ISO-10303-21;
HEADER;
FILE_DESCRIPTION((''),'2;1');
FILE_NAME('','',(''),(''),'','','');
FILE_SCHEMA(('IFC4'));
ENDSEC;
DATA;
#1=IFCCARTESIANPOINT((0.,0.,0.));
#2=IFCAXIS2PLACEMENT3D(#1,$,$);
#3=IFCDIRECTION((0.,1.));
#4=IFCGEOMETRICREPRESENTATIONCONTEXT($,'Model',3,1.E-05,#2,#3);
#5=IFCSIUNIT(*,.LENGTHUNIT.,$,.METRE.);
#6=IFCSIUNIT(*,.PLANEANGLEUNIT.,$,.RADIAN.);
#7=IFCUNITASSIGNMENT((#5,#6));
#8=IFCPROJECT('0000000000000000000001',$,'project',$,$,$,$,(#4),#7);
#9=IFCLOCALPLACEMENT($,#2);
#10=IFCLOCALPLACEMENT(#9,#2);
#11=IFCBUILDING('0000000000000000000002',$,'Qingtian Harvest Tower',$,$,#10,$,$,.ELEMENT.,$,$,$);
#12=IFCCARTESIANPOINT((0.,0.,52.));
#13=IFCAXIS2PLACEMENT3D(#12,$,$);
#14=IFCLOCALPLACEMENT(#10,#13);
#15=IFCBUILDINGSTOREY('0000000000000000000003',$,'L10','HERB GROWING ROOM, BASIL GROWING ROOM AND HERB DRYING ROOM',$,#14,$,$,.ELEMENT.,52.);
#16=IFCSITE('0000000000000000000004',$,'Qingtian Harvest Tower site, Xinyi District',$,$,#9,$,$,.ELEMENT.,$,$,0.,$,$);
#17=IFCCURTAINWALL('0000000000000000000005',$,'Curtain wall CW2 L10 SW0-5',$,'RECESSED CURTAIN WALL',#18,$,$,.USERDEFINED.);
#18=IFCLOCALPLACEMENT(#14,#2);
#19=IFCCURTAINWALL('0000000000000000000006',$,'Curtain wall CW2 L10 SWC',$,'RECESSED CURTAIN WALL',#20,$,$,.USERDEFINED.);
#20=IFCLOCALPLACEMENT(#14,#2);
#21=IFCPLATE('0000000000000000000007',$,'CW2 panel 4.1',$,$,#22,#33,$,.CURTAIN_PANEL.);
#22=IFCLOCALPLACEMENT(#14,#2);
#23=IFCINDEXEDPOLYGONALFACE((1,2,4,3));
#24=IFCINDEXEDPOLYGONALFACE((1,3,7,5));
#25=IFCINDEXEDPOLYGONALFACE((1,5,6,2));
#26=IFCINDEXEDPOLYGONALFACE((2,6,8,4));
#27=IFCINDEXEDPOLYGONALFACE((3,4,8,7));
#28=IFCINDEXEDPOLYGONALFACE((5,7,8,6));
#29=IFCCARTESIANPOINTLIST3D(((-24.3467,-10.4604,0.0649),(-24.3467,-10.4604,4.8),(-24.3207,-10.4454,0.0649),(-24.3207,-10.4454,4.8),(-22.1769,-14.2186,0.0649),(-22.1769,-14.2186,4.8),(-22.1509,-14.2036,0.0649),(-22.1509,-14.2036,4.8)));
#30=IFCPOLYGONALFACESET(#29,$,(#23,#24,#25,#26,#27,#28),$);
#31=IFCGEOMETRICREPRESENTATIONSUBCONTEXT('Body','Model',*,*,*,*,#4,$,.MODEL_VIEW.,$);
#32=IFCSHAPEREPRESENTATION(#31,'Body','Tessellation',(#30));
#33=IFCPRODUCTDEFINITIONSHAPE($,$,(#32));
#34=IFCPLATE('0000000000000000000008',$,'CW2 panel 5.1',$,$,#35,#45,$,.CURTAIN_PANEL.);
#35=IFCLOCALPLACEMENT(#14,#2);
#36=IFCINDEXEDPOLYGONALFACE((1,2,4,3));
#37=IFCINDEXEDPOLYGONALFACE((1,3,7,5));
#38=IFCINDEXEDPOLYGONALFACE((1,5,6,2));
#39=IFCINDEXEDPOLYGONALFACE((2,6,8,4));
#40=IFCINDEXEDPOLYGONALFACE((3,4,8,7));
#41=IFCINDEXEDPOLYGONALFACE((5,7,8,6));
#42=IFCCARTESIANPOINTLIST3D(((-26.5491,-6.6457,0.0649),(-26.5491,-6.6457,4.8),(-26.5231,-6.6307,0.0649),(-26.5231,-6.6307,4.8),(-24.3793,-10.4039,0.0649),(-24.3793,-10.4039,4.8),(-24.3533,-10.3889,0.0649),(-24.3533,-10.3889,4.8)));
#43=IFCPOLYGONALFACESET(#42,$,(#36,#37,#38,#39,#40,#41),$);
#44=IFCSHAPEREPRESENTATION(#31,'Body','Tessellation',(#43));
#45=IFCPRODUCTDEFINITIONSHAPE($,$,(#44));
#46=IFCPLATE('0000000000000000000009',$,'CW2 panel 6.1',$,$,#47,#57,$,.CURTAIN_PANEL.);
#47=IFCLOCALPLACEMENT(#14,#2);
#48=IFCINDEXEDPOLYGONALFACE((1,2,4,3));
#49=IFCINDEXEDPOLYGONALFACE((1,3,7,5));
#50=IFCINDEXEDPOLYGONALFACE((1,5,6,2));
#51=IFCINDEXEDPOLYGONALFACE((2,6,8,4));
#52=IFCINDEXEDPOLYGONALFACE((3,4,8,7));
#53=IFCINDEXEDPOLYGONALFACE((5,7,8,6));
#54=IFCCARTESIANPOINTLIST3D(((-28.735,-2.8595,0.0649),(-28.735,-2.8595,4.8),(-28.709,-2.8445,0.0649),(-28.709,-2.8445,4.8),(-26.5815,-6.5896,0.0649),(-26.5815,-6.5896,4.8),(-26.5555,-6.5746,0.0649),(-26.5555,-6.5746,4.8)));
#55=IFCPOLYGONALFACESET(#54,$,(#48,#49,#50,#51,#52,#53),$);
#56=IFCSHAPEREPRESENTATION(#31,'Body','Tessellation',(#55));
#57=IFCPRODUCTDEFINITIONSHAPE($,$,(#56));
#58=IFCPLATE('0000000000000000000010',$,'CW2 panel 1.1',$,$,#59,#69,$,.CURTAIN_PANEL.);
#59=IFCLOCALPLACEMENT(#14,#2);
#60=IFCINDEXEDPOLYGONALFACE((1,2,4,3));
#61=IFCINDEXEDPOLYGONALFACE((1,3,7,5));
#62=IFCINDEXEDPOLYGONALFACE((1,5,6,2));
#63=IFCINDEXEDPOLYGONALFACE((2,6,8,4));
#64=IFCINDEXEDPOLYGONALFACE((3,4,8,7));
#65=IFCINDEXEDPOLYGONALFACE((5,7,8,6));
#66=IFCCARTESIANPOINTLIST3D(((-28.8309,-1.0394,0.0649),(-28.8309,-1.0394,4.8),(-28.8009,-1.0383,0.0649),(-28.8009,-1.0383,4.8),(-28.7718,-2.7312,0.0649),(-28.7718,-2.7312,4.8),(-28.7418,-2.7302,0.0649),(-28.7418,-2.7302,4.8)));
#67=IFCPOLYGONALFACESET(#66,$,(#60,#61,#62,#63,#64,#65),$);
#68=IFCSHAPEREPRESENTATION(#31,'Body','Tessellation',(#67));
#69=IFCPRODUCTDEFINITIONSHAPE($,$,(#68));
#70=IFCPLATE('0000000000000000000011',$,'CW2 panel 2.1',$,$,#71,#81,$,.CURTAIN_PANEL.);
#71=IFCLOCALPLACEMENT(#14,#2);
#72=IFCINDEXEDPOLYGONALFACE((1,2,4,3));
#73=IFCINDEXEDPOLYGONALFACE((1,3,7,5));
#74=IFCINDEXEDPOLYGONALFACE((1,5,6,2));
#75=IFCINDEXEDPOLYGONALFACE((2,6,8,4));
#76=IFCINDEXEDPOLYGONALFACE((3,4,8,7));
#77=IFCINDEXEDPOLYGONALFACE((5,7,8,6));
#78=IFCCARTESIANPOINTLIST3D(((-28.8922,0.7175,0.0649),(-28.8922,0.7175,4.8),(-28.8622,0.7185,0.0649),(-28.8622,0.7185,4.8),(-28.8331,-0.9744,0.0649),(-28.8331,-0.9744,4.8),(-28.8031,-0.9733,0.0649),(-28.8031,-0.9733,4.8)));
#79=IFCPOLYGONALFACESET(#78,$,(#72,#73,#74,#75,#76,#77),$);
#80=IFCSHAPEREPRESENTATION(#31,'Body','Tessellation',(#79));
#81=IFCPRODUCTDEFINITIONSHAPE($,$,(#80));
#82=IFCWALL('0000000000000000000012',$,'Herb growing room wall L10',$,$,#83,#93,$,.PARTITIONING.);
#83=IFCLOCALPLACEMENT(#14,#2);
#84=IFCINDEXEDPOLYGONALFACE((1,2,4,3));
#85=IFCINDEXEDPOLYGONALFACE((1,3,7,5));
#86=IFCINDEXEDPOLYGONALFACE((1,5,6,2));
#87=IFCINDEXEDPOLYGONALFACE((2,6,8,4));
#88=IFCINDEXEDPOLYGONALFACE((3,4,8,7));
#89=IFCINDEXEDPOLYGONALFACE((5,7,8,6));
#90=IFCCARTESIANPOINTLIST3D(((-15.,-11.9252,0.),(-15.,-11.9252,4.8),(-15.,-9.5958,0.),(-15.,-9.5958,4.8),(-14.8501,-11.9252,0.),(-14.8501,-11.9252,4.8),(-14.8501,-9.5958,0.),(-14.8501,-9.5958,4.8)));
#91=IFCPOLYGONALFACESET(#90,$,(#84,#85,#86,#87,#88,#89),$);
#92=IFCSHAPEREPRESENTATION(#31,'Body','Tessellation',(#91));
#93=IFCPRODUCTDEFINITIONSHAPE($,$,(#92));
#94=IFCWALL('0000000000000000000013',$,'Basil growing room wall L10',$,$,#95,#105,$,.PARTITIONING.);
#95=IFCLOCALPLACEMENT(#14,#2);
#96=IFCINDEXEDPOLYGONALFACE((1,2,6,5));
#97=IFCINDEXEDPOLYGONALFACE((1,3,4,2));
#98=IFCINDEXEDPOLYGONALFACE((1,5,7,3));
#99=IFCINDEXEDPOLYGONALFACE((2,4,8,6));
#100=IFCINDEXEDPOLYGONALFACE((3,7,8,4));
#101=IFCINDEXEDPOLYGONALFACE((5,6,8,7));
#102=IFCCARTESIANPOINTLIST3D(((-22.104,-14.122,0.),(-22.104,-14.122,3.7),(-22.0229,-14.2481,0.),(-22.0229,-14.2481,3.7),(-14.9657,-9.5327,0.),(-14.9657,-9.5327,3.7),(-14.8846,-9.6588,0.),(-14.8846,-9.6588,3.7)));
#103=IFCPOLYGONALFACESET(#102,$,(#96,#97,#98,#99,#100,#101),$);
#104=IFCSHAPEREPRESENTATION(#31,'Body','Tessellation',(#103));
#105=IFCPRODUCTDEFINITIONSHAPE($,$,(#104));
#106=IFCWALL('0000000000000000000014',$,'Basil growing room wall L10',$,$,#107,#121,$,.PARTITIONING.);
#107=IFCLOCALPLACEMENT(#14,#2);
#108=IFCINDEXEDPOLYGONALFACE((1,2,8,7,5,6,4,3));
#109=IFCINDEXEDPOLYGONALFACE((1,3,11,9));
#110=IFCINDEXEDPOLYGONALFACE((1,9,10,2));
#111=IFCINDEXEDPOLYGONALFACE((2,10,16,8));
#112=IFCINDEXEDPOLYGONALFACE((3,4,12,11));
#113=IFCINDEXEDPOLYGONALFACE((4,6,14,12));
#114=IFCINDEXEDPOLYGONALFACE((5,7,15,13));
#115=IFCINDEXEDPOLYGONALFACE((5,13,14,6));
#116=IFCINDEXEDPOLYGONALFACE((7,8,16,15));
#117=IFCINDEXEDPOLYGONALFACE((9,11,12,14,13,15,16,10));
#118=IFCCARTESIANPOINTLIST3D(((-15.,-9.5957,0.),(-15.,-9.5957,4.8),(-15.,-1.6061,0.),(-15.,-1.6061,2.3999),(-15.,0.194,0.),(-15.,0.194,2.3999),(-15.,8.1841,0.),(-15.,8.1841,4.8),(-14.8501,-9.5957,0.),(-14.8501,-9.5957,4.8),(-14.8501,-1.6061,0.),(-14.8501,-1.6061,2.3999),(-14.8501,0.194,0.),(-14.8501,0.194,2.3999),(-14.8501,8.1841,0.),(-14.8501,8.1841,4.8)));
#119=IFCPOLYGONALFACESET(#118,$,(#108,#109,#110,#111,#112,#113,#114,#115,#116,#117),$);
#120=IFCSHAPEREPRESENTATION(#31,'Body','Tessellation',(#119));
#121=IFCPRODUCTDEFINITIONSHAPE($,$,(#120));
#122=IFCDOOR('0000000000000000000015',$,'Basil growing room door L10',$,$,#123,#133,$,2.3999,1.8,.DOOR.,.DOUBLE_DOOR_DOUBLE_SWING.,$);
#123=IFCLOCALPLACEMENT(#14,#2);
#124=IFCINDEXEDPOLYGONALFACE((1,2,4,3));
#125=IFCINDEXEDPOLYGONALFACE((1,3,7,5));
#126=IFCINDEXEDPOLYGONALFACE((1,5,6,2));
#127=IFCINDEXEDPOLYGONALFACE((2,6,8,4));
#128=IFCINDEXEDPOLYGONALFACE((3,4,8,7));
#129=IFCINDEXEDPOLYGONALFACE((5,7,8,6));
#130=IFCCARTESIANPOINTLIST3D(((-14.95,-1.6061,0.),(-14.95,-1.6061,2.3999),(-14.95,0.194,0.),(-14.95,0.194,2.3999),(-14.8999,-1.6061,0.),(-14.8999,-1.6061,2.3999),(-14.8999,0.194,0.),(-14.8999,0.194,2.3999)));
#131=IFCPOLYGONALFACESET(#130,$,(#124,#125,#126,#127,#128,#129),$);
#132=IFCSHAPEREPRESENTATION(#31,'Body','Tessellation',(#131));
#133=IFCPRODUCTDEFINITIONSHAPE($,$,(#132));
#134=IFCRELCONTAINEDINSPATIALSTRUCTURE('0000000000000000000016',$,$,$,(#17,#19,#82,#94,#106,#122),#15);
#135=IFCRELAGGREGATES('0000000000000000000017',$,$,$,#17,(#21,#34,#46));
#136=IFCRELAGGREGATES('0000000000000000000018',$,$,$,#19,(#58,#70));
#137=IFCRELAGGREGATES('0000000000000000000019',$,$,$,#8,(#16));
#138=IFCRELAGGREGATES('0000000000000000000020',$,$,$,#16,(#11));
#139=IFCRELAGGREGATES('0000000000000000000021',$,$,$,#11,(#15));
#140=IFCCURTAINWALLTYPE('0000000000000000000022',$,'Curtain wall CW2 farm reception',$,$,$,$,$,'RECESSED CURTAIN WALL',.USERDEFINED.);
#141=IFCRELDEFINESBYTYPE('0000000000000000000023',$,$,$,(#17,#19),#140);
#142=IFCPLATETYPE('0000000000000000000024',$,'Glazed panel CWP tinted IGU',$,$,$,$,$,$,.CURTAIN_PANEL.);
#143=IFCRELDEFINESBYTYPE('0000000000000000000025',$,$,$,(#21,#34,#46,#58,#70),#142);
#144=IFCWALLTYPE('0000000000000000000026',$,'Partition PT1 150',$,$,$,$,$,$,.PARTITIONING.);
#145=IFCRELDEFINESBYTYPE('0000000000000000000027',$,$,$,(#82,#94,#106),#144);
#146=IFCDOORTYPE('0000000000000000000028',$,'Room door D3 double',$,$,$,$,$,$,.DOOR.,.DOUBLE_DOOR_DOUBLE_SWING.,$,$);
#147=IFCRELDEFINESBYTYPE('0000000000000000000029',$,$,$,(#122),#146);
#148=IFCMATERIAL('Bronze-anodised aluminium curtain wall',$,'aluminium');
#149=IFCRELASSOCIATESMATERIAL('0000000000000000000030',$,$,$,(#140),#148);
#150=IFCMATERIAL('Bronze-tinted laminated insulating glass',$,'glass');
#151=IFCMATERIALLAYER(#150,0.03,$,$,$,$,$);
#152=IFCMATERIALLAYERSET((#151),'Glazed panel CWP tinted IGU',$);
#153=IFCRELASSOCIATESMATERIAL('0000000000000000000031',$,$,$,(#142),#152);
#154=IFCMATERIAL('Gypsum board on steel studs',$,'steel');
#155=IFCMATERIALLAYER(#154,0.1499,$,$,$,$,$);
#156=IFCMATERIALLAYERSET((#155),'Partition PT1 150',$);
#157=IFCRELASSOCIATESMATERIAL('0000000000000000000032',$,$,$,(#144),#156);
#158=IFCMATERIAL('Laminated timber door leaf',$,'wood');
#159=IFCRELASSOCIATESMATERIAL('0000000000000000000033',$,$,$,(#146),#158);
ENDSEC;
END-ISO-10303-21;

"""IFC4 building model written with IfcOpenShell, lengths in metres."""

from ifc_helpers import new_model, si_unit, direction, frame, frame_2d, origin, origin_2d, place, context, subcontext, project, spatial, rectangle, extrude, material, layer, layer_set, type_object, element, fill, aggregate, save


model = new_model("IFC4")

# Units and contexts
model_context = context("Model", 3, precision=1e-05, world=origin(), true_north=direction((0.0, 1.0)))
body_context = subcontext(model_context, "Body", "Model", "MODEL_VIEW")
ifc_project = project(units=[si_unit("LENGTHUNIT", "METRE"), si_unit("PLANEANGLEUNIT", "RADIAN")], contexts=[model_context])

# Site, building, storey
site_placement = place(None, origin())
site = spatial("IfcSite", under=ifc_project, at=site_placement, Name="Qingtian Harvest Tower site, Xinyi District", CompositionType="ELEMENT", RefElevation=0.0)
building_placement = place(site_placement, origin())
building = spatial("IfcBuilding", under=site, at=building_placement, Name="Qingtian Harvest Tower", CompositionType="ELEMENT")
storey_placement = place(building_placement, frame((0.0, 0.0, 52.0)))
storey = spatial("IfcBuildingStorey", under=building, at=storey_placement, Name="L10", Description="HERB GROWING ROOM, BASIL GROWING ROOM AND HERB DRYING ROOM", CompositionType="ELEMENT", Elevation=52.0)

# Curtain walls
ifc_material_1 = material(Name="Bronze-anodised aluminium curtain wall", Category="aluminium")
curtain_wall_type = type_object("IfcCurtainWallType", Name="Curtain wall CW2 farm reception", ElementType="RECESSED CURTAIN WALL", PredefinedType="USERDEFINED", material=ifc_material_1)
curtain_wall_1_placement = place(storey_placement, origin())
curtain_wall_1 = element("IfcCurtainWall", 1, at=curtain_wall_1_placement, inside=storey, type_object=curtain_wall_type, Name="Curtain wall CW2 L10 SW0-5", ObjectType="RECESSED CURTAIN WALL", PredefinedType="USERDEFINED")
curtain_wall_2_placement = place(storey_placement, origin())
curtain_wall_2 = element("IfcCurtainWall", 2, at=curtain_wall_2_placement, inside=storey, type_object=curtain_wall_type, Name="Curtain wall CW2 L10 SWC", ObjectType="RECESSED CURTAIN WALL", PredefinedType="USERDEFINED")

# Plates
ifc_material_2 = material(Name="Bronze-tinted laminated insulating glass", Category="glass")
ifc_layer_1 = layer(ifc_material_2, 0.03)
ifc_layer_set_1 = layer_set([ifc_layer_1], Name="Glazed panel CWP tinted IGU")
plate_type = type_object("IfcPlateType", Name="Glazed panel CWP tinted IGU", PredefinedType="CURTAIN_PANEL", material=ifc_layer_set_1)
plate_1_placement = place(storey_placement, frame((-23.2488, -12.332, 0.0649), z_axis=(0.0, 0.0, 1.0), x_axis=(-0.5, 0.866025, 0.0)))
plate_1 = element("IfcPlate", 3, at=plate_1_placement, type_object=plate_type, Name="CW2 panel 4.1", PredefinedType="CURTAIN_PANEL", context=body_context, shape_type="SweptSolid", body=[
    extrude(rectangle(XDim=4.3396, YDim=0.03, at=origin_2d()), origin(), (0.0, 0.0, 1.0), 4.7351),
])
plate_2_placement = place(storey_placement, frame((-25.4512, -8.5173, 0.0649), z_axis=(0.0, 0.0, 1.0), x_axis=(-0.5, 0.866025, 0.0)))
plate_2 = element("IfcPlate", 4, at=plate_2_placement, type_object=plate_type, Name="CW2 panel 5.1", PredefinedType="CURTAIN_PANEL", context=body_context, shape_type="SweptSolid", body=[
    extrude(rectangle(XDim=4.3396, YDim=0.03, at=origin_2d()), origin(), (0.0, 0.0, 1.0), 4.7351),
])
plate_3_placement = place(storey_placement, frame((-27.6453, -4.717, 0.0649), z_axis=(0.0, 0.0, 1.0), x_axis=(-0.5, 0.866025, 0.0)))
plate_3 = element("IfcPlate", 5, at=plate_3_placement, type_object=plate_type, Name="CW2 panel 6.1", PredefinedType="CURTAIN_PANEL", context=body_context, shape_type="SweptSolid", body=[
    extrude(rectangle(XDim=4.3071, YDim=0.03, at=origin_2d()), origin(), (0.0, 0.0, 1.0), 4.7351),
])
aggregate(curtain_wall_1, [plate_1, plate_2, plate_3])
plate_4_placement = place(storey_placement, frame((-28.7864, -1.8848, 0.0649), z_axis=(0.0, 0.0, 1.0), x_axis=(-0.034899, 0.999391, 0.0)))
plate_4 = element("IfcPlate", 6, at=plate_4_placement, type_object=plate_type, Name="CW2 panel 1.1", PredefinedType="CURTAIN_PANEL", context=body_context, shape_type="SweptSolid", body=[
    extrude(rectangle(XDim=1.6929, YDim=0.03, at=origin_2d()), origin(), (0.0, 0.0, 1.0), 4.7351),
])
plate_5_placement = place(storey_placement, frame((-28.8477, -0.1279, 0.0649), z_axis=(0.0, 0.0, 1.0), x_axis=(-0.034899, 0.999391, 0.0)))
plate_5 = element("IfcPlate", 7, at=plate_5_placement, type_object=plate_type, Name="CW2 panel 2.1", PredefinedType="CURTAIN_PANEL", context=body_context, shape_type="SweptSolid", body=[
    extrude(rectangle(XDim=1.6929, YDim=0.03, at=origin_2d()), origin(), (0.0, 0.0, 1.0), 4.7351),
])
aggregate(curtain_wall_2, [plate_4, plate_5])

# Walls
ifc_material_3 = material(Name="Gypsum board on steel studs", Category="steel")
ifc_layer_2 = layer(ifc_material_3, 0.1499)
ifc_layer_set_2 = layer_set([ifc_layer_2], Name="Partition PT1 150")
wall_type = type_object("IfcWallType", Name="Partition PT1 150", PredefinedType="PARTITIONING", material=ifc_layer_set_2)
wall_1_placement = place(storey_placement, frame((-14.925, -11.925, 0.0), z_axis=(0.0, 0.0, 1.0), x_axis=(0.0, 1.0, 0.0)))
element("IfcWall", 8, at=wall_1_placement, inside=storey, type_object=wall_type, Name="Herb growing room wall L10", PredefinedType="PARTITIONING", context=body_context, shape_type="SweptSolid", body=[
    extrude(rectangle(XDim=2.3293, YDim=0.1499, at=frame_2d((1.1646, 0.0))), origin(), (0.0, 0.0, 1.0), 4.8),
])
wall_2_placement = place(storey_placement, frame((-22.0635, -14.1851, 0.0), z_axis=(0.0, 0.0, 1.0), x_axis=(0.841159, 0.540788, 0.0)))
element("IfcWall", 9, at=wall_2_placement, inside=storey, type_object=wall_type, Name="Basil growing room wall L10", PredefinedType="PARTITIONING", context=body_context, shape_type="SweptSolid", body=[
    extrude(rectangle(XDim=8.4863, YDim=0.1499, at=frame_2d((4.2432, 0.0))), origin(), (0.0, 0.0, 1.0), 3.7),
])

# Wall, opening, door
wall_3_placement = place(storey_placement, frame((-14.925, -9.5957, 0.0), z_axis=(0.0, 0.0, 1.0), x_axis=(0.0, 1.0, 0.0)))
wall_3 = element("IfcWall", 10, at=wall_3_placement, inside=storey, type_object=wall_type, Name="Basil growing room wall L10", PredefinedType="PARTITIONING", context=body_context, shape_type="SweptSolid", body=[
    extrude(rectangle(XDim=17.7798, YDim=0.1499, at=frame_2d((8.8899, 0.0))), origin(), (0.0, 0.0, 1.0), 4.8),
])
opening_placement = place(wall_3_placement, frame((7.9897, 0.0, 0.0)))
opening = element("IfcOpeningElement", 11, at=opening_placement, cuts=wall_3, PredefinedType="OPENING", context=body_context, shape_type="SweptSolid", body=[
    extrude(rectangle(XDim=1.8, YDim=2.3999, at=frame_2d((0.8999, 1.2))), frame((0.0, 0.085, 0.0), z_axis=(0.0, -1.0, 0.0), x_axis=(1.0, 0.0, 0.0)), (0.0, 0.0, 1.0), 0.1699),
])
ifc_material_4 = material(Name="Laminated timber door leaf", Category="wood")
door_type = type_object("IfcDoorType", Name="Room door D3 double", OperationType="DOUBLE_DOOR_DOUBLE_SWING", PredefinedType="DOOR", material=ifc_material_4)
door_placement = place(opening_placement, origin())
door = element("IfcDoor", 12, at=door_placement, inside=storey, type_object=door_type, Name="Basil growing room door L10", OperationType="DOUBLE_DOOR_DOUBLE_SWING", OverallHeight=2.3999, OverallWidth=1.8, PredefinedType="DOOR", context=body_context, shape_type="SweptSolid", body=[
    extrude(rectangle(XDim=1.8, YDim=2.3999, at=frame_2d((0.8999, 1.2))), frame((0.0, 0.0249, 0.0), z_axis=(0.0, -1.0, 0.0), x_axis=(1.0, 0.0, 0.0)), (0.0, 0.0, 1.0), 0.05),
])
fill(opening, door)

save(model, "model.ifc")
